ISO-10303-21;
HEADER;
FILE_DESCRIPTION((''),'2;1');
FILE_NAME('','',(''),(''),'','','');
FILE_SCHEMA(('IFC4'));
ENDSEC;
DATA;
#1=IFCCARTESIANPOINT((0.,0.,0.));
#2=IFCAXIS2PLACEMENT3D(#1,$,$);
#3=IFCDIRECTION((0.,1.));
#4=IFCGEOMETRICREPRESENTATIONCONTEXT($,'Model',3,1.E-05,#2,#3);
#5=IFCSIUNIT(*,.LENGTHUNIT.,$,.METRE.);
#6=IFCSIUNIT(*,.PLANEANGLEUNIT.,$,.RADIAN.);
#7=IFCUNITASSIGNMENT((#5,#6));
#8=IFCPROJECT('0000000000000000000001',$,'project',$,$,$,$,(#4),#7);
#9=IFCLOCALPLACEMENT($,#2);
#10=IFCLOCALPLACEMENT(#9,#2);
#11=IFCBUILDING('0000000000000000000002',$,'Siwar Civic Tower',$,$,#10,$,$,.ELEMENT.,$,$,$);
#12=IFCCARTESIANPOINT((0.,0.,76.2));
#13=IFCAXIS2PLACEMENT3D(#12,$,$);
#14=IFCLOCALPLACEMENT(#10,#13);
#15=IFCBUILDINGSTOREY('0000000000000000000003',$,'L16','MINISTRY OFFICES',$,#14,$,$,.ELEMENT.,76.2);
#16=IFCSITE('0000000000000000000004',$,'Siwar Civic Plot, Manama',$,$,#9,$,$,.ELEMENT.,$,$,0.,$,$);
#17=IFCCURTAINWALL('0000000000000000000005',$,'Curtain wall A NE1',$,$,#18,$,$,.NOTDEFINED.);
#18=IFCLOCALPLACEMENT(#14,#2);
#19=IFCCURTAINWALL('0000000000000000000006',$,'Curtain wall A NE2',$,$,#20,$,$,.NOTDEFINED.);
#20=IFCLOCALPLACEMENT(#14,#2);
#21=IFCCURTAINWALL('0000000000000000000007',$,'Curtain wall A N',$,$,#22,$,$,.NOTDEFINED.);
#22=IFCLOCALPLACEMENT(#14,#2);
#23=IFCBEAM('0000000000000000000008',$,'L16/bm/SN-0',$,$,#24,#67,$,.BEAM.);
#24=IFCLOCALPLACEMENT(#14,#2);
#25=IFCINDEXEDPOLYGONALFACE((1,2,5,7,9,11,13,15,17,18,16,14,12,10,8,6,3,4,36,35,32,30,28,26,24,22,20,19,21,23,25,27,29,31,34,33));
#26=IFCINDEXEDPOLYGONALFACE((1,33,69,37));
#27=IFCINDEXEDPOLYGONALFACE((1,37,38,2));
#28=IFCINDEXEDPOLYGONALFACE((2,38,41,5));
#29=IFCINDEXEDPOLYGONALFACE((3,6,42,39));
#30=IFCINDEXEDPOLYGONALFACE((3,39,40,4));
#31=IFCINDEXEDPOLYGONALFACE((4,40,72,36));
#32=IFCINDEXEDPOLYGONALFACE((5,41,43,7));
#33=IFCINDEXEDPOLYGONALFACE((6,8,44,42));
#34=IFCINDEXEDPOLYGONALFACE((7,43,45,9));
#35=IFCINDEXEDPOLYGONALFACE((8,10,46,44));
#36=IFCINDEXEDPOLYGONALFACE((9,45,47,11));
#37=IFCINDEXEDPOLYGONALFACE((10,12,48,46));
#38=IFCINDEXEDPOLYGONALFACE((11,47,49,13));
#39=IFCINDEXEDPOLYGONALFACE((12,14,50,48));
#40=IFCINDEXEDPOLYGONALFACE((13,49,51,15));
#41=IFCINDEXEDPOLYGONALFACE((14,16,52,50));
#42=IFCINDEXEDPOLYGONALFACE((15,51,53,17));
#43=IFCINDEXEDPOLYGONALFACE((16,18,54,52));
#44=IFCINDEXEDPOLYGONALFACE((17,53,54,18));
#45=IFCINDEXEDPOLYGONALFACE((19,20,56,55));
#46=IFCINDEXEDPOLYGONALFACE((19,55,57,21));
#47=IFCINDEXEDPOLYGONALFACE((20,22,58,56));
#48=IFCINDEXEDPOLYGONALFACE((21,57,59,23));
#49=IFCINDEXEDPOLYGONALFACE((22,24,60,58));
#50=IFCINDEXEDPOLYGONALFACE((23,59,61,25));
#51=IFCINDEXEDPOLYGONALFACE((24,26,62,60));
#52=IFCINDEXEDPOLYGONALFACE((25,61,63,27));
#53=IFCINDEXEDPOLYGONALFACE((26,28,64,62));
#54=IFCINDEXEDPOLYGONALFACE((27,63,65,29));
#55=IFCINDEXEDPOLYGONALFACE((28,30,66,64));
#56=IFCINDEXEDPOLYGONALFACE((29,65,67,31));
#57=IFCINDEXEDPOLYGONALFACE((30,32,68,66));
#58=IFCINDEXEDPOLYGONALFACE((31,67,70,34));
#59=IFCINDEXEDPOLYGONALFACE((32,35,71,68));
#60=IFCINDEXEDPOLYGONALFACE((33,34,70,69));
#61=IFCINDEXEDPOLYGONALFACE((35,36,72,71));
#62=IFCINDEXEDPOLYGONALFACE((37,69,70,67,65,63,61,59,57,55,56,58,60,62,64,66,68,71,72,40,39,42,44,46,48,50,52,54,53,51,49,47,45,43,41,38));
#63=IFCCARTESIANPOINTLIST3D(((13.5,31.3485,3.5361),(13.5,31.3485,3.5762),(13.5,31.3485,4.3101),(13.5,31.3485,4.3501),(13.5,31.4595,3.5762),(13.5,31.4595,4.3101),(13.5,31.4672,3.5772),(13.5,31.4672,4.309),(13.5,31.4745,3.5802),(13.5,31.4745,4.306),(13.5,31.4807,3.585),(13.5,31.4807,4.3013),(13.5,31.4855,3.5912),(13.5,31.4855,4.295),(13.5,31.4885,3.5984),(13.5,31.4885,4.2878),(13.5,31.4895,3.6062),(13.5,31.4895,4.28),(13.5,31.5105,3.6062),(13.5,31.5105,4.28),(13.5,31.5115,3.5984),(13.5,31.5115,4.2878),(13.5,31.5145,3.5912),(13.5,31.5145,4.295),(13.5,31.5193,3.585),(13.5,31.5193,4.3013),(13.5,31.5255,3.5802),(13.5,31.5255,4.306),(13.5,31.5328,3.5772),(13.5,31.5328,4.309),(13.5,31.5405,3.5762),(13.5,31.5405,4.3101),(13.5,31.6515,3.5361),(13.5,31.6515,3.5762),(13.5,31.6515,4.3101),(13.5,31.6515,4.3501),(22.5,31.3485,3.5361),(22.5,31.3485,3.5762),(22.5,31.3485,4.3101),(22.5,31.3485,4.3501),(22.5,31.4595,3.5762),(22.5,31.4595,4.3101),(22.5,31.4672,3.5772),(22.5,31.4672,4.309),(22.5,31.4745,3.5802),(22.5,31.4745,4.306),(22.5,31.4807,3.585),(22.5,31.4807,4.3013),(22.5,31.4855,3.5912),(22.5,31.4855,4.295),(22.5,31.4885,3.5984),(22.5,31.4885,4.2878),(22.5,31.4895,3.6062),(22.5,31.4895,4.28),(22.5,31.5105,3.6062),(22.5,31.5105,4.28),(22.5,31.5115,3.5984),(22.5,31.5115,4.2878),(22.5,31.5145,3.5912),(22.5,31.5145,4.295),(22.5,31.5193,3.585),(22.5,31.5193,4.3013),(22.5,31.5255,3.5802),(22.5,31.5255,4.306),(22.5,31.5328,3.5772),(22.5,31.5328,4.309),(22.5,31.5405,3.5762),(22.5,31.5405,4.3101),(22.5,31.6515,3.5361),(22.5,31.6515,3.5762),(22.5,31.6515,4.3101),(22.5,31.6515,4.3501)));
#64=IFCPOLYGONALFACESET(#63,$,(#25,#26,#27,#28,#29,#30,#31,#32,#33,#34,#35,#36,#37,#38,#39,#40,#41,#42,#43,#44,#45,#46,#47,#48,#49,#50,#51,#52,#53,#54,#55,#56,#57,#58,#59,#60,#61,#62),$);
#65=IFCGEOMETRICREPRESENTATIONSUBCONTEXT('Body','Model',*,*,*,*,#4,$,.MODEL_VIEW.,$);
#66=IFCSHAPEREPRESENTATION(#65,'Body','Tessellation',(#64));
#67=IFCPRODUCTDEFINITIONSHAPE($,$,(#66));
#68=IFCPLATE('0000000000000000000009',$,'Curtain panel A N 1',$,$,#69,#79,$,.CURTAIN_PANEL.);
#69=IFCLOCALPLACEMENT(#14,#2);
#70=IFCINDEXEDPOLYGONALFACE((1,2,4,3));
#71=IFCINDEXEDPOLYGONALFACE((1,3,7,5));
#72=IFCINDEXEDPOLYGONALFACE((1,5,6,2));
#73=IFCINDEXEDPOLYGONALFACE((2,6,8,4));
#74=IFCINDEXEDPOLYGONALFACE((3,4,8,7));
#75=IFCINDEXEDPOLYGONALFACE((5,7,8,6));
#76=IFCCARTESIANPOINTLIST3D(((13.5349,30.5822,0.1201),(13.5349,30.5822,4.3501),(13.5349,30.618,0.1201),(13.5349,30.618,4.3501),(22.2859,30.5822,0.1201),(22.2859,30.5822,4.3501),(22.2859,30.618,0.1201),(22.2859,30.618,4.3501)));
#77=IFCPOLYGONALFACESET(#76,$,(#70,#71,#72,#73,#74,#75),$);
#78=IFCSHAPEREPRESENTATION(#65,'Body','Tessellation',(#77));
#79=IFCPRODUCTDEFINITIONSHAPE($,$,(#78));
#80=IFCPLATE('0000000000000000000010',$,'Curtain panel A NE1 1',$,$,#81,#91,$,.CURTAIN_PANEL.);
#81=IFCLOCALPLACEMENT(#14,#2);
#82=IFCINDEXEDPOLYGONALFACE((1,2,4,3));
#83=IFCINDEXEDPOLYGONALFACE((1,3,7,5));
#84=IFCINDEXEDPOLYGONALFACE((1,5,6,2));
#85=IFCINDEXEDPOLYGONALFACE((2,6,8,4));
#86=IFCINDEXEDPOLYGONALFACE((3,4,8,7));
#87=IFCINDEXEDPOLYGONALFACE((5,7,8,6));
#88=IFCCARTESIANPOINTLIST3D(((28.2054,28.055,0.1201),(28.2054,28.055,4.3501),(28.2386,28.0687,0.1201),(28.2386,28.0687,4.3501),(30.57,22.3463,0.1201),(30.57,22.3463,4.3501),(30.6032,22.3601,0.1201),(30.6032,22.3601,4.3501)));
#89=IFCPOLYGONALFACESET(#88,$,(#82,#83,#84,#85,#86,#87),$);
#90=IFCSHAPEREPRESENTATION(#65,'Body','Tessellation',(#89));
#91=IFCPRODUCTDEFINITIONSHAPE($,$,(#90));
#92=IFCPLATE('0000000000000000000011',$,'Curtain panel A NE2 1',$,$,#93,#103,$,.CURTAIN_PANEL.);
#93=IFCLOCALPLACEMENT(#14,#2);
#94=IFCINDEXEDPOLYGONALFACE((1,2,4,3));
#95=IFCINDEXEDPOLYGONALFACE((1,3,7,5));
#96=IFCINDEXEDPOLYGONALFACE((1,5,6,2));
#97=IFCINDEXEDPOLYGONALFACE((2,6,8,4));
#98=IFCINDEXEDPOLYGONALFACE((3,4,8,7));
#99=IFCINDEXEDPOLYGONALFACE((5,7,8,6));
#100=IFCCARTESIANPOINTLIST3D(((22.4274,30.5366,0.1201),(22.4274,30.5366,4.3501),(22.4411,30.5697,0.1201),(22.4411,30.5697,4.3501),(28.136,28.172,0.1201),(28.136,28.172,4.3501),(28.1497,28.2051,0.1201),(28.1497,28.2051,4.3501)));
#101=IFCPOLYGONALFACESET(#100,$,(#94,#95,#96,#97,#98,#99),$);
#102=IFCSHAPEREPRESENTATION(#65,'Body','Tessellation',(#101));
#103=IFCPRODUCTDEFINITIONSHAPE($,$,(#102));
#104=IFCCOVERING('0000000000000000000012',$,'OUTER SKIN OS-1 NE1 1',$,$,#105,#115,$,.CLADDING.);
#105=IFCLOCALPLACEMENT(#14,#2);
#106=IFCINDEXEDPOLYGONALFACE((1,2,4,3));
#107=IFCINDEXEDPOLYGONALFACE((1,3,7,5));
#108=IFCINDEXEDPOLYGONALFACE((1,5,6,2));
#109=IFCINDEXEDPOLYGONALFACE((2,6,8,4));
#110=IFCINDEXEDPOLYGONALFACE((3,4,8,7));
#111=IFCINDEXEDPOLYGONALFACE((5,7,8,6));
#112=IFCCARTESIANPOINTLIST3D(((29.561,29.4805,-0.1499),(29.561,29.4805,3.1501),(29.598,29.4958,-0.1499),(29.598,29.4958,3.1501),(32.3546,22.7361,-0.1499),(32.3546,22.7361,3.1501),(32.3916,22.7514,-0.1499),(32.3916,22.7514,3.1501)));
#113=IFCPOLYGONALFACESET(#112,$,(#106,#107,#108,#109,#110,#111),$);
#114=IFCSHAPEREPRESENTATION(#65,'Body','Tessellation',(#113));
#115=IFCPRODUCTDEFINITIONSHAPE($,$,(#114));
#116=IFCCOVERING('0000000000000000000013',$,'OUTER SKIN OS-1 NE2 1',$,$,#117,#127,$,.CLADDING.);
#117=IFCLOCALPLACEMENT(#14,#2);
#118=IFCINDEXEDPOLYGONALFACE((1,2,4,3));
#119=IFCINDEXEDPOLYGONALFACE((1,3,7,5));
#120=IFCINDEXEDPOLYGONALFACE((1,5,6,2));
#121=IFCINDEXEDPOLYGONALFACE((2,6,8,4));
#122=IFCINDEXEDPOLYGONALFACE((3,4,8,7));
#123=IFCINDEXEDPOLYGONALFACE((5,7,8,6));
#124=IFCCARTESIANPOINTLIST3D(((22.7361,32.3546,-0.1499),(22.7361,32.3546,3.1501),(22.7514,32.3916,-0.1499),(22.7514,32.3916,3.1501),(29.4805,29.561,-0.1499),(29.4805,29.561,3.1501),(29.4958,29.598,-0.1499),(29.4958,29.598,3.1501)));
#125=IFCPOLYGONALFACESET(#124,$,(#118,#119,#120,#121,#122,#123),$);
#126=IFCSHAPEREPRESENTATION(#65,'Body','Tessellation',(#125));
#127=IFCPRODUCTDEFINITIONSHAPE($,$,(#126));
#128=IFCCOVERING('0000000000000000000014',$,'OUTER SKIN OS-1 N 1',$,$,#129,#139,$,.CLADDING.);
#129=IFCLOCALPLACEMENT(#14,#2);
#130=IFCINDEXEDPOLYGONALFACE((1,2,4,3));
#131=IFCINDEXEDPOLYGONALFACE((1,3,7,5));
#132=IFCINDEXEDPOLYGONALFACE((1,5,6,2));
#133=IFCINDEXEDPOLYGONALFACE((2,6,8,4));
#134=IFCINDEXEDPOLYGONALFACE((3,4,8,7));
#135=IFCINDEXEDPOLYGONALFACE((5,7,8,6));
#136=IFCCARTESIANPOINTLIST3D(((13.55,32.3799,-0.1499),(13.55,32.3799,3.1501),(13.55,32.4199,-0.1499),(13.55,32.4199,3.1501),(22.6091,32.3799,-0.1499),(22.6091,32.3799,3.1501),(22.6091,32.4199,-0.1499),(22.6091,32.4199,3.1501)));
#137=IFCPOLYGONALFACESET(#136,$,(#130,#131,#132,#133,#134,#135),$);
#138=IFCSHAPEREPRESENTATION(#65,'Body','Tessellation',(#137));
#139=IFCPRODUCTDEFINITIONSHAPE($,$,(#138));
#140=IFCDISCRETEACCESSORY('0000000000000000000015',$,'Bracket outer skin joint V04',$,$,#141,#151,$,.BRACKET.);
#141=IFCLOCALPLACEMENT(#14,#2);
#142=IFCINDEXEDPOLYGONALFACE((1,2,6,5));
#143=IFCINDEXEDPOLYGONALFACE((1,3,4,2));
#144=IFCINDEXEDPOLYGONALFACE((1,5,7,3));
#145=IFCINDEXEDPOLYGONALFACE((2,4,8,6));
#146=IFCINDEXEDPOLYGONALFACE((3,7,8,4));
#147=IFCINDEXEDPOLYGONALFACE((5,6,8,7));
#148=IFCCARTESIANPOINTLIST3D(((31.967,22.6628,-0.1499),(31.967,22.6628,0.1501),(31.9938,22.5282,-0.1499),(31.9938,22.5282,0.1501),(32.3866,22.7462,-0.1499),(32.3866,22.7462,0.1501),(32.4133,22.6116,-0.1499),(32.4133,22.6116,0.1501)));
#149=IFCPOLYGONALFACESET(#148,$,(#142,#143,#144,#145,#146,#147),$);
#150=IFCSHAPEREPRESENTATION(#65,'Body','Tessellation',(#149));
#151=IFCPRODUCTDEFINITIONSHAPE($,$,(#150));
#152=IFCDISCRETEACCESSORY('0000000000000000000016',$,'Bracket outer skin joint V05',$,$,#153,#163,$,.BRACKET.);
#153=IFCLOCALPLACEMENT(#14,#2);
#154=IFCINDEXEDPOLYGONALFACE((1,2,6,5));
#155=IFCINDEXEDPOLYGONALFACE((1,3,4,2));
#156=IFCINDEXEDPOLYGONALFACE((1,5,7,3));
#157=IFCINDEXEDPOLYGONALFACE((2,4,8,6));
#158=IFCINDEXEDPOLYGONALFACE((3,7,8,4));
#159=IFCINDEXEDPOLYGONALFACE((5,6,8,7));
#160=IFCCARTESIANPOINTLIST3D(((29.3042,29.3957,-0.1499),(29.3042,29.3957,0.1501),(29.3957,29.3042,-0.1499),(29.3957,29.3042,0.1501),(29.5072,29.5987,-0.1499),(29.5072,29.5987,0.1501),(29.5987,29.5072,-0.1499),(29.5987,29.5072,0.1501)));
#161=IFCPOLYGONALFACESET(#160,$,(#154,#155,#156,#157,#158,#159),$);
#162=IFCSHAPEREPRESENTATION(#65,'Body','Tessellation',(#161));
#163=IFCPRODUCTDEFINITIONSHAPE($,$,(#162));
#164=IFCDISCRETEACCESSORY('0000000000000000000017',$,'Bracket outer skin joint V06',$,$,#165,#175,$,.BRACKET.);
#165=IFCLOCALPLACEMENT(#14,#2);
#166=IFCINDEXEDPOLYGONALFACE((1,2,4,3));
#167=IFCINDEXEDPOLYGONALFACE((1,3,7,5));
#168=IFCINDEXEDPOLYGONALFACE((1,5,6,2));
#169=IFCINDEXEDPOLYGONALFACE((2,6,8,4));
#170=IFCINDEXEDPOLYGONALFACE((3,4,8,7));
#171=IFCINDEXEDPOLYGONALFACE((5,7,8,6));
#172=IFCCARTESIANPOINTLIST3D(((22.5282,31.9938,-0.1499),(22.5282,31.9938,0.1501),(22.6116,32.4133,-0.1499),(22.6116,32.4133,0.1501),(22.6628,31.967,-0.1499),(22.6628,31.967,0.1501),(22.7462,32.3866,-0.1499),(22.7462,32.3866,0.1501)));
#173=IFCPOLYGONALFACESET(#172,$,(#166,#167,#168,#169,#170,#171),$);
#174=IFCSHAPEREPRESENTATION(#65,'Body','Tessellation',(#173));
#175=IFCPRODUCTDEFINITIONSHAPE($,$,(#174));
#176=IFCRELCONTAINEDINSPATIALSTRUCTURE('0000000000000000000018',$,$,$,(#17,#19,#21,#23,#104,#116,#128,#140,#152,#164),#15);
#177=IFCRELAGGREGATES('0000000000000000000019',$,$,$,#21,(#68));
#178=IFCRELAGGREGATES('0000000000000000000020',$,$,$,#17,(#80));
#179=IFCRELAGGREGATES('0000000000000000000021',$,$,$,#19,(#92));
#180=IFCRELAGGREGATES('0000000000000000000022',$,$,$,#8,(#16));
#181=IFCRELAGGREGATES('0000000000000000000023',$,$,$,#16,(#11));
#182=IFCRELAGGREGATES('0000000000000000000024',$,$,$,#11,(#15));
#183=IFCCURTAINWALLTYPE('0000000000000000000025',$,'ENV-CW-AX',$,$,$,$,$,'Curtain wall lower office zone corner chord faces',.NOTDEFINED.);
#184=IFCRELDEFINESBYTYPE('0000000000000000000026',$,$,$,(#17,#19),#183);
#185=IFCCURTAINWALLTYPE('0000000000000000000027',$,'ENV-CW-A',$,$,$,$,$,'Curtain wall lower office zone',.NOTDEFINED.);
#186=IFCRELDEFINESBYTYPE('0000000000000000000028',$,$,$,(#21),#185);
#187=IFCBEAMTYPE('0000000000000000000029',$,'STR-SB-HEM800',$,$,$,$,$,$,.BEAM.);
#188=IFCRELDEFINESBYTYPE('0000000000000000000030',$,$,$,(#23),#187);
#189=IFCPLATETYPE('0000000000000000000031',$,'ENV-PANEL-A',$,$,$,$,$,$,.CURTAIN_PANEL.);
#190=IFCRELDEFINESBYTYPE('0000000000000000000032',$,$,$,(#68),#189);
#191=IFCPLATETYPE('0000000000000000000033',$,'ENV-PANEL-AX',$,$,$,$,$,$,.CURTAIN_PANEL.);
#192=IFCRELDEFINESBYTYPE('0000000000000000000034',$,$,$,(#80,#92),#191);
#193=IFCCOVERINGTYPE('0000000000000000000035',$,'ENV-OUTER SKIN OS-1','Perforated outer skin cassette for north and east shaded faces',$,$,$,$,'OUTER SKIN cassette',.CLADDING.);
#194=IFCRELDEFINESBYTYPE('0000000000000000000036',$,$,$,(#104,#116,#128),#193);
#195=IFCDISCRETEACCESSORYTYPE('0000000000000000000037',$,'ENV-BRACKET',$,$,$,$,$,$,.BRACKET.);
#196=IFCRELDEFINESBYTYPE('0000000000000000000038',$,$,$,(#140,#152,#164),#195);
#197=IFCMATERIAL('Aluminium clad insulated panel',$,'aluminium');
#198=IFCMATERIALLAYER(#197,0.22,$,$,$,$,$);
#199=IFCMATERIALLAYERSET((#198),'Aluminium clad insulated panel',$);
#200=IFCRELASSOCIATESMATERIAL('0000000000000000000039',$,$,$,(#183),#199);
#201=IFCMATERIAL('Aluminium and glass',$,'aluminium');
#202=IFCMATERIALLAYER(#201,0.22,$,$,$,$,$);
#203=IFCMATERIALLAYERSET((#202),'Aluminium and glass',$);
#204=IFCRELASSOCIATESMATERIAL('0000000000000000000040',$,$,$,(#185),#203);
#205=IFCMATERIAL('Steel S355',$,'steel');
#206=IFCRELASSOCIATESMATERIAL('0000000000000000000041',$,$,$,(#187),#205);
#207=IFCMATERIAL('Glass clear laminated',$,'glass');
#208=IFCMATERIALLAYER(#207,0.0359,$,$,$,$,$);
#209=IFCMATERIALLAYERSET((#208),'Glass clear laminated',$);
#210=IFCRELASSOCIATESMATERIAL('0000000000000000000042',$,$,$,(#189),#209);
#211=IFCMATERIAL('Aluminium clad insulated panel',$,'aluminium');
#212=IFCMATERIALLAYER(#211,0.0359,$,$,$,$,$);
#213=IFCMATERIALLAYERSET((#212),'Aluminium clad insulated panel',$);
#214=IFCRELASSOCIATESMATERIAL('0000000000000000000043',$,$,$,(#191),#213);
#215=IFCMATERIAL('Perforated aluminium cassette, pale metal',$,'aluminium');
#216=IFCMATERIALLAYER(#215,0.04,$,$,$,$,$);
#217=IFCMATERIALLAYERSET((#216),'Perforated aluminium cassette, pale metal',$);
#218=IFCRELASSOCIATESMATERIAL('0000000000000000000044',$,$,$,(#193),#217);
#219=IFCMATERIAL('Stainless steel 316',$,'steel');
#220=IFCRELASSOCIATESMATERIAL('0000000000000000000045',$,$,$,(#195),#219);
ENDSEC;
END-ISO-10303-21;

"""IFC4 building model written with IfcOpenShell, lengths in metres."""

from ifc_helpers import new_model, si_unit, direction, frame, origin, origin_2d, place, context, subcontext, project, spatial, rectangle, i_section, extrude, material, layer, layer_set, material_profile, profile_set, type_object, element, aggregate, save


model = new_model("IFC4")

# Units and contexts
model_context = context("Model", 3, precision=1e-05, world=origin(), true_north=direction((0.0, 1.0)))
body_context = subcontext(model_context, "Body", "Model", "MODEL_VIEW")
ifc_project = project(units=[si_unit("LENGTHUNIT", "METRE"), si_unit("PLANEANGLEUNIT", "RADIAN")], contexts=[model_context])

# Site, building, storey
site_placement = place(None, origin())
site = spatial("IfcSite", under=ifc_project, at=site_placement, Name="Siwar Civic Plot, Manama", CompositionType="ELEMENT", RefElevation=0.0)
building_placement = place(site_placement, origin())
building = spatial("IfcBuilding", under=site, at=building_placement, Name="Siwar Civic Tower", CompositionType="ELEMENT")
storey_placement = place(building_placement, frame((0.0, 0.0, 76.2)))
storey = spatial("IfcBuildingStorey", under=building, at=storey_placement, Name="L16", Description="MINISTRY OFFICES", CompositionType="ELEMENT", Elevation=76.2)

# Curtain walls
ifc_material_1 = material(Name="Aluminium clad insulated panel", Category="aluminium")
ifc_layer_1 = layer(ifc_material_1, 0.22)
ifc_layer_set_1 = layer_set([ifc_layer_1], Name="Aluminium clad insulated panel")
curtain_wall_type_1 = type_object("IfcCurtainWallType", Name="ENV-CW-AX", ElementType="Curtain wall lower office zone corner chord faces", PredefinedType="NOTDEFINED", material=ifc_layer_set_1)
curtain_wall_1_placement = place(storey_placement, origin())
curtain_wall_1 = element("IfcCurtainWall", 1, at=curtain_wall_1_placement, inside=storey, type_object=curtain_wall_type_1, Name="Curtain wall A NE1", PredefinedType="NOTDEFINED")
curtain_wall_2_placement = place(storey_placement, origin())
curtain_wall_2 = element("IfcCurtainWall", 2, at=curtain_wall_2_placement, inside=storey, type_object=curtain_wall_type_1, Name="Curtain wall A NE2", PredefinedType="NOTDEFINED")
ifc_material_2 = material(Name="Aluminium and glass", Category="aluminium")
ifc_layer_2 = layer(ifc_material_2, 0.22)
ifc_layer_set_2 = layer_set([ifc_layer_2], Name="Aluminium and glass")
curtain_wall_type_2 = type_object("IfcCurtainWallType", Name="ENV-CW-A", ElementType="Curtain wall lower office zone", PredefinedType="NOTDEFINED", material=ifc_layer_set_2)
curtain_wall_3_placement = place(storey_placement, origin())
curtain_wall_3 = element("IfcCurtainWall", 3, at=curtain_wall_3_placement, inside=storey, type_object=curtain_wall_type_2, Name="Curtain wall A N", PredefinedType="NOTDEFINED")

# Beam
ifc_material_3 = material(Name="Steel S355", Category="steel")
ifc_material_profile_1 = material_profile(ifc_material_3, i_section(OverallWidth=0.303, OverallDepth=0.814, WebThickness=0.021, FlangeThickness=0.04, FilletRadius=0.03, at=origin_2d()), Name="HEM800")
ifc_profile_set_1 = profile_set([ifc_material_profile_1], Name="Steel S355")
beam_type_1 = type_object("IfcBeamType", Name="STR-SB-HEM800", PredefinedType="BEAM", material=ifc_profile_set_1)
beam_1_placement = place(storey_placement, frame((22.5, 31.5, 3.9431), z_axis=(-1.0, 0.0, 0.0), x_axis=(0.0, -1.0, 0.0)))
element("IfcBeam", 4, at=beam_1_placement, inside=storey, type_object=beam_type_1, Name="L16/bm/SN-0", PredefinedType="BEAM", context=body_context, shape_type="SweptSolid", body=[
    extrude(i_section(OverallWidth=0.303, OverallDepth=0.814, WebThickness=0.021, FlangeThickness=0.04, FilletRadius=0.03, at=origin_2d()), origin(), (0.0, 0.0, 1.0), 9.0),
])

# Plates
ifc_material_4 = material(Name="Glass clear laminated", Category="glass")
ifc_layer_3 = layer(ifc_material_4, 0.0359)
ifc_layer_set_3 = layer_set([ifc_layer_3], Name="Glass clear laminated")
plate_type_1 = type_object("IfcPlateType", Name="ENV-PANEL-A", PredefinedType="CURTAIN_PANEL", material=ifc_layer_set_3)
plate_1_placement = place(storey_placement, frame((17.9104, 30.6001, 0.1201), z_axis=(0.0, 0.0, 1.0), x_axis=(-1.0, 0.0, 0.0)))
plate_1 = element("IfcPlate", 5, at=plate_1_placement, type_object=plate_type_1, Name="Curtain panel A N 1", PredefinedType="CURTAIN_PANEL", context=body_context, shape_type="SweptSolid", body=[
    extrude(rectangle(XDim=8.751, YDim=0.0359, at=origin_2d()), origin(), (0.0, 0.0, 1.0), 4.23),
])
aggregate(curtain_wall_3, [plate_1])
ifc_material_5 = material(Name="Aluminium clad insulated panel", Category="aluminium")
ifc_layer_4 = layer(ifc_material_5, 0.0359)
ifc_layer_set_4 = layer_set([ifc_layer_4], Name="Aluminium clad insulated panel")
plate_type_2 = type_object("IfcPlateType", Name="ENV-PANEL-AX", PredefinedType="CURTAIN_PANEL", material=ifc_layer_set_4)
plate_2_placement = place(storey_placement, frame((29.4043, 25.2075, 0.1201), z_axis=(0.0, 0.0, 1.0), x_axis=(-0.382683, 0.92388, 0.0)))
plate_2 = element("IfcPlate", 6, at=plate_2_placement, type_object=plate_type_2, Name="Curtain panel A NE1 1", PredefinedType="CURTAIN_PANEL", context=body_context, shape_type="SweptSolid", body=[
    extrude(rectangle(XDim=6.179, YDim=0.0359, at=origin_2d()), origin(), (0.0, 0.0, 1.0), 4.23),
])
aggregate(curtain_wall_1, [plate_2])
plate_3_placement = place(storey_placement, frame((25.2886, 29.3708, 0.1201), z_axis=(0.0, 0.0, 1.0), x_axis=(-0.92388, 0.382683, 0.0)))
plate_3 = element("IfcPlate", 7, at=plate_3_placement, type_object=plate_type_2, Name="Curtain panel A NE2 1", PredefinedType="CURTAIN_PANEL", context=body_context, shape_type="SweptSolid", body=[
    extrude(rectangle(XDim=6.179, YDim=0.0359, at=origin_2d()), origin(), (0.0, 0.0, 1.0), 4.23),
])
aggregate(curtain_wall_2, [plate_3])

# Coverings
ifc_material_6 = material(Name="Perforated aluminium cassette, pale metal", Category="aluminium")
ifc_layer_5 = layer(ifc_material_6, 0.04)
ifc_layer_set_5 = layer_set([ifc_layer_5], Name="Perforated aluminium cassette, pale metal")
covering_type = type_object("IfcCoveringType", Name="ENV-OUTER SKIN OS-1", Description="Perforated outer skin cassette for north and east shaded faces", ElementType="OUTER SKIN cassette", PredefinedType="CLADDING", material=ifc_layer_set_5)
for number, where, z_axis, x_axis, name in (
    (8, (30.9763, 26.116, -0.1499), (0.0, 0.0, 1.0), (-0.382683, 0.92388, 0.0), "OUTER SKIN OS-1 NE1 1"),
    (9, (26.116, 30.9763, -0.1499), (0.0, 0.0, 1.0), (-0.92388, 0.382683, 0.0), "OUTER SKIN OS-1 NE2 1"),
):
    element("IfcCovering", number, at=place(storey_placement, frame(where, z_axis=z_axis, x_axis=x_axis)), inside=storey, type_object=covering_type, Name=name, PredefinedType="CLADDING", context=body_context, shape_type="SweptSolid", body=[
        extrude(rectangle(XDim=7.3, YDim=0.04, at=origin_2d()), origin(), (0.0, 0.0, 1.0), 3.3),
    ])
covering_placement = place(storey_placement, frame((18.0796, 32.3999, -0.1499), z_axis=(0.0, 0.0, 1.0), x_axis=(-1.0, 0.0, 0.0)))
element("IfcCovering", 10, at=covering_placement, inside=storey, type_object=covering_type, Name="OUTER SKIN OS-1 N 1", PredefinedType="CLADDING", context=body_context, shape_type="SweptSolid", body=[
    extrude(rectangle(XDim=9.0591, YDim=0.04, at=origin_2d()), origin(), (0.0, 0.0, 1.0), 3.3),
])

# Discrete accessories
ifc_material_7 = material(Name="Stainless steel 316", Category="steel")
discrete_accessory_type = type_object("IfcDiscreteAccessoryType", Name="ENV-BRACKET", PredefinedType="BRACKET", material=ifc_material_7)
discrete_accessory_1_placement = place(storey_placement, frame((32.1902, 22.6372, -0.1499), z_axis=(0.0, 0.0, 1.0), x_axis=(0.980785, 0.19509, 0.0)))
element("IfcDiscreteAccessory", 11, at=discrete_accessory_1_placement, inside=storey, type_object=discrete_accessory_type, Name="Bracket outer skin joint V04", PredefinedType="BRACKET", context=body_context, shape_type="SweptSolid", body=[
    extrude(rectangle(XDim=0.4277, YDim=0.1372, at=origin_2d()), origin(), (0.0, 0.0, 1.0), 0.3),
])
discrete_accessory_2_placement = place(storey_placement, frame((29.4514, 29.4514, -0.1499), z_axis=(0.0, 0.0, 1.0), x_axis=(0.707107, 0.707107, 0.0)))
element("IfcDiscreteAccessory", 12, at=discrete_accessory_2_placement, inside=storey, type_object=discrete_accessory_type, Name="Bracket outer skin joint V05", PredefinedType="BRACKET", context=body_context, shape_type="SweptSolid", body=[
    extrude(rectangle(XDim=0.2871, YDim=0.1294, at=origin_2d()), origin(), (0.0, 0.0, 1.0), 0.3),
])
discrete_accessory_3_placement = place(storey_placement, frame((22.6372, 32.1902, -0.1499), z_axis=(0.0, 0.0, 1.0), x_axis=(0.19509, 0.980785, 0.0)))
element("IfcDiscreteAccessory", 13, at=discrete_accessory_3_placement, inside=storey, type_object=discrete_accessory_type, Name="Bracket outer skin joint V06", PredefinedType="BRACKET", context=body_context, shape_type="SweptSolid", body=[
    extrude(rectangle(XDim=0.4277, YDim=0.1372, at=origin_2d()), origin(), (0.0, 0.0, 1.0), 0.3),
])

save(model, "model.ifc")
